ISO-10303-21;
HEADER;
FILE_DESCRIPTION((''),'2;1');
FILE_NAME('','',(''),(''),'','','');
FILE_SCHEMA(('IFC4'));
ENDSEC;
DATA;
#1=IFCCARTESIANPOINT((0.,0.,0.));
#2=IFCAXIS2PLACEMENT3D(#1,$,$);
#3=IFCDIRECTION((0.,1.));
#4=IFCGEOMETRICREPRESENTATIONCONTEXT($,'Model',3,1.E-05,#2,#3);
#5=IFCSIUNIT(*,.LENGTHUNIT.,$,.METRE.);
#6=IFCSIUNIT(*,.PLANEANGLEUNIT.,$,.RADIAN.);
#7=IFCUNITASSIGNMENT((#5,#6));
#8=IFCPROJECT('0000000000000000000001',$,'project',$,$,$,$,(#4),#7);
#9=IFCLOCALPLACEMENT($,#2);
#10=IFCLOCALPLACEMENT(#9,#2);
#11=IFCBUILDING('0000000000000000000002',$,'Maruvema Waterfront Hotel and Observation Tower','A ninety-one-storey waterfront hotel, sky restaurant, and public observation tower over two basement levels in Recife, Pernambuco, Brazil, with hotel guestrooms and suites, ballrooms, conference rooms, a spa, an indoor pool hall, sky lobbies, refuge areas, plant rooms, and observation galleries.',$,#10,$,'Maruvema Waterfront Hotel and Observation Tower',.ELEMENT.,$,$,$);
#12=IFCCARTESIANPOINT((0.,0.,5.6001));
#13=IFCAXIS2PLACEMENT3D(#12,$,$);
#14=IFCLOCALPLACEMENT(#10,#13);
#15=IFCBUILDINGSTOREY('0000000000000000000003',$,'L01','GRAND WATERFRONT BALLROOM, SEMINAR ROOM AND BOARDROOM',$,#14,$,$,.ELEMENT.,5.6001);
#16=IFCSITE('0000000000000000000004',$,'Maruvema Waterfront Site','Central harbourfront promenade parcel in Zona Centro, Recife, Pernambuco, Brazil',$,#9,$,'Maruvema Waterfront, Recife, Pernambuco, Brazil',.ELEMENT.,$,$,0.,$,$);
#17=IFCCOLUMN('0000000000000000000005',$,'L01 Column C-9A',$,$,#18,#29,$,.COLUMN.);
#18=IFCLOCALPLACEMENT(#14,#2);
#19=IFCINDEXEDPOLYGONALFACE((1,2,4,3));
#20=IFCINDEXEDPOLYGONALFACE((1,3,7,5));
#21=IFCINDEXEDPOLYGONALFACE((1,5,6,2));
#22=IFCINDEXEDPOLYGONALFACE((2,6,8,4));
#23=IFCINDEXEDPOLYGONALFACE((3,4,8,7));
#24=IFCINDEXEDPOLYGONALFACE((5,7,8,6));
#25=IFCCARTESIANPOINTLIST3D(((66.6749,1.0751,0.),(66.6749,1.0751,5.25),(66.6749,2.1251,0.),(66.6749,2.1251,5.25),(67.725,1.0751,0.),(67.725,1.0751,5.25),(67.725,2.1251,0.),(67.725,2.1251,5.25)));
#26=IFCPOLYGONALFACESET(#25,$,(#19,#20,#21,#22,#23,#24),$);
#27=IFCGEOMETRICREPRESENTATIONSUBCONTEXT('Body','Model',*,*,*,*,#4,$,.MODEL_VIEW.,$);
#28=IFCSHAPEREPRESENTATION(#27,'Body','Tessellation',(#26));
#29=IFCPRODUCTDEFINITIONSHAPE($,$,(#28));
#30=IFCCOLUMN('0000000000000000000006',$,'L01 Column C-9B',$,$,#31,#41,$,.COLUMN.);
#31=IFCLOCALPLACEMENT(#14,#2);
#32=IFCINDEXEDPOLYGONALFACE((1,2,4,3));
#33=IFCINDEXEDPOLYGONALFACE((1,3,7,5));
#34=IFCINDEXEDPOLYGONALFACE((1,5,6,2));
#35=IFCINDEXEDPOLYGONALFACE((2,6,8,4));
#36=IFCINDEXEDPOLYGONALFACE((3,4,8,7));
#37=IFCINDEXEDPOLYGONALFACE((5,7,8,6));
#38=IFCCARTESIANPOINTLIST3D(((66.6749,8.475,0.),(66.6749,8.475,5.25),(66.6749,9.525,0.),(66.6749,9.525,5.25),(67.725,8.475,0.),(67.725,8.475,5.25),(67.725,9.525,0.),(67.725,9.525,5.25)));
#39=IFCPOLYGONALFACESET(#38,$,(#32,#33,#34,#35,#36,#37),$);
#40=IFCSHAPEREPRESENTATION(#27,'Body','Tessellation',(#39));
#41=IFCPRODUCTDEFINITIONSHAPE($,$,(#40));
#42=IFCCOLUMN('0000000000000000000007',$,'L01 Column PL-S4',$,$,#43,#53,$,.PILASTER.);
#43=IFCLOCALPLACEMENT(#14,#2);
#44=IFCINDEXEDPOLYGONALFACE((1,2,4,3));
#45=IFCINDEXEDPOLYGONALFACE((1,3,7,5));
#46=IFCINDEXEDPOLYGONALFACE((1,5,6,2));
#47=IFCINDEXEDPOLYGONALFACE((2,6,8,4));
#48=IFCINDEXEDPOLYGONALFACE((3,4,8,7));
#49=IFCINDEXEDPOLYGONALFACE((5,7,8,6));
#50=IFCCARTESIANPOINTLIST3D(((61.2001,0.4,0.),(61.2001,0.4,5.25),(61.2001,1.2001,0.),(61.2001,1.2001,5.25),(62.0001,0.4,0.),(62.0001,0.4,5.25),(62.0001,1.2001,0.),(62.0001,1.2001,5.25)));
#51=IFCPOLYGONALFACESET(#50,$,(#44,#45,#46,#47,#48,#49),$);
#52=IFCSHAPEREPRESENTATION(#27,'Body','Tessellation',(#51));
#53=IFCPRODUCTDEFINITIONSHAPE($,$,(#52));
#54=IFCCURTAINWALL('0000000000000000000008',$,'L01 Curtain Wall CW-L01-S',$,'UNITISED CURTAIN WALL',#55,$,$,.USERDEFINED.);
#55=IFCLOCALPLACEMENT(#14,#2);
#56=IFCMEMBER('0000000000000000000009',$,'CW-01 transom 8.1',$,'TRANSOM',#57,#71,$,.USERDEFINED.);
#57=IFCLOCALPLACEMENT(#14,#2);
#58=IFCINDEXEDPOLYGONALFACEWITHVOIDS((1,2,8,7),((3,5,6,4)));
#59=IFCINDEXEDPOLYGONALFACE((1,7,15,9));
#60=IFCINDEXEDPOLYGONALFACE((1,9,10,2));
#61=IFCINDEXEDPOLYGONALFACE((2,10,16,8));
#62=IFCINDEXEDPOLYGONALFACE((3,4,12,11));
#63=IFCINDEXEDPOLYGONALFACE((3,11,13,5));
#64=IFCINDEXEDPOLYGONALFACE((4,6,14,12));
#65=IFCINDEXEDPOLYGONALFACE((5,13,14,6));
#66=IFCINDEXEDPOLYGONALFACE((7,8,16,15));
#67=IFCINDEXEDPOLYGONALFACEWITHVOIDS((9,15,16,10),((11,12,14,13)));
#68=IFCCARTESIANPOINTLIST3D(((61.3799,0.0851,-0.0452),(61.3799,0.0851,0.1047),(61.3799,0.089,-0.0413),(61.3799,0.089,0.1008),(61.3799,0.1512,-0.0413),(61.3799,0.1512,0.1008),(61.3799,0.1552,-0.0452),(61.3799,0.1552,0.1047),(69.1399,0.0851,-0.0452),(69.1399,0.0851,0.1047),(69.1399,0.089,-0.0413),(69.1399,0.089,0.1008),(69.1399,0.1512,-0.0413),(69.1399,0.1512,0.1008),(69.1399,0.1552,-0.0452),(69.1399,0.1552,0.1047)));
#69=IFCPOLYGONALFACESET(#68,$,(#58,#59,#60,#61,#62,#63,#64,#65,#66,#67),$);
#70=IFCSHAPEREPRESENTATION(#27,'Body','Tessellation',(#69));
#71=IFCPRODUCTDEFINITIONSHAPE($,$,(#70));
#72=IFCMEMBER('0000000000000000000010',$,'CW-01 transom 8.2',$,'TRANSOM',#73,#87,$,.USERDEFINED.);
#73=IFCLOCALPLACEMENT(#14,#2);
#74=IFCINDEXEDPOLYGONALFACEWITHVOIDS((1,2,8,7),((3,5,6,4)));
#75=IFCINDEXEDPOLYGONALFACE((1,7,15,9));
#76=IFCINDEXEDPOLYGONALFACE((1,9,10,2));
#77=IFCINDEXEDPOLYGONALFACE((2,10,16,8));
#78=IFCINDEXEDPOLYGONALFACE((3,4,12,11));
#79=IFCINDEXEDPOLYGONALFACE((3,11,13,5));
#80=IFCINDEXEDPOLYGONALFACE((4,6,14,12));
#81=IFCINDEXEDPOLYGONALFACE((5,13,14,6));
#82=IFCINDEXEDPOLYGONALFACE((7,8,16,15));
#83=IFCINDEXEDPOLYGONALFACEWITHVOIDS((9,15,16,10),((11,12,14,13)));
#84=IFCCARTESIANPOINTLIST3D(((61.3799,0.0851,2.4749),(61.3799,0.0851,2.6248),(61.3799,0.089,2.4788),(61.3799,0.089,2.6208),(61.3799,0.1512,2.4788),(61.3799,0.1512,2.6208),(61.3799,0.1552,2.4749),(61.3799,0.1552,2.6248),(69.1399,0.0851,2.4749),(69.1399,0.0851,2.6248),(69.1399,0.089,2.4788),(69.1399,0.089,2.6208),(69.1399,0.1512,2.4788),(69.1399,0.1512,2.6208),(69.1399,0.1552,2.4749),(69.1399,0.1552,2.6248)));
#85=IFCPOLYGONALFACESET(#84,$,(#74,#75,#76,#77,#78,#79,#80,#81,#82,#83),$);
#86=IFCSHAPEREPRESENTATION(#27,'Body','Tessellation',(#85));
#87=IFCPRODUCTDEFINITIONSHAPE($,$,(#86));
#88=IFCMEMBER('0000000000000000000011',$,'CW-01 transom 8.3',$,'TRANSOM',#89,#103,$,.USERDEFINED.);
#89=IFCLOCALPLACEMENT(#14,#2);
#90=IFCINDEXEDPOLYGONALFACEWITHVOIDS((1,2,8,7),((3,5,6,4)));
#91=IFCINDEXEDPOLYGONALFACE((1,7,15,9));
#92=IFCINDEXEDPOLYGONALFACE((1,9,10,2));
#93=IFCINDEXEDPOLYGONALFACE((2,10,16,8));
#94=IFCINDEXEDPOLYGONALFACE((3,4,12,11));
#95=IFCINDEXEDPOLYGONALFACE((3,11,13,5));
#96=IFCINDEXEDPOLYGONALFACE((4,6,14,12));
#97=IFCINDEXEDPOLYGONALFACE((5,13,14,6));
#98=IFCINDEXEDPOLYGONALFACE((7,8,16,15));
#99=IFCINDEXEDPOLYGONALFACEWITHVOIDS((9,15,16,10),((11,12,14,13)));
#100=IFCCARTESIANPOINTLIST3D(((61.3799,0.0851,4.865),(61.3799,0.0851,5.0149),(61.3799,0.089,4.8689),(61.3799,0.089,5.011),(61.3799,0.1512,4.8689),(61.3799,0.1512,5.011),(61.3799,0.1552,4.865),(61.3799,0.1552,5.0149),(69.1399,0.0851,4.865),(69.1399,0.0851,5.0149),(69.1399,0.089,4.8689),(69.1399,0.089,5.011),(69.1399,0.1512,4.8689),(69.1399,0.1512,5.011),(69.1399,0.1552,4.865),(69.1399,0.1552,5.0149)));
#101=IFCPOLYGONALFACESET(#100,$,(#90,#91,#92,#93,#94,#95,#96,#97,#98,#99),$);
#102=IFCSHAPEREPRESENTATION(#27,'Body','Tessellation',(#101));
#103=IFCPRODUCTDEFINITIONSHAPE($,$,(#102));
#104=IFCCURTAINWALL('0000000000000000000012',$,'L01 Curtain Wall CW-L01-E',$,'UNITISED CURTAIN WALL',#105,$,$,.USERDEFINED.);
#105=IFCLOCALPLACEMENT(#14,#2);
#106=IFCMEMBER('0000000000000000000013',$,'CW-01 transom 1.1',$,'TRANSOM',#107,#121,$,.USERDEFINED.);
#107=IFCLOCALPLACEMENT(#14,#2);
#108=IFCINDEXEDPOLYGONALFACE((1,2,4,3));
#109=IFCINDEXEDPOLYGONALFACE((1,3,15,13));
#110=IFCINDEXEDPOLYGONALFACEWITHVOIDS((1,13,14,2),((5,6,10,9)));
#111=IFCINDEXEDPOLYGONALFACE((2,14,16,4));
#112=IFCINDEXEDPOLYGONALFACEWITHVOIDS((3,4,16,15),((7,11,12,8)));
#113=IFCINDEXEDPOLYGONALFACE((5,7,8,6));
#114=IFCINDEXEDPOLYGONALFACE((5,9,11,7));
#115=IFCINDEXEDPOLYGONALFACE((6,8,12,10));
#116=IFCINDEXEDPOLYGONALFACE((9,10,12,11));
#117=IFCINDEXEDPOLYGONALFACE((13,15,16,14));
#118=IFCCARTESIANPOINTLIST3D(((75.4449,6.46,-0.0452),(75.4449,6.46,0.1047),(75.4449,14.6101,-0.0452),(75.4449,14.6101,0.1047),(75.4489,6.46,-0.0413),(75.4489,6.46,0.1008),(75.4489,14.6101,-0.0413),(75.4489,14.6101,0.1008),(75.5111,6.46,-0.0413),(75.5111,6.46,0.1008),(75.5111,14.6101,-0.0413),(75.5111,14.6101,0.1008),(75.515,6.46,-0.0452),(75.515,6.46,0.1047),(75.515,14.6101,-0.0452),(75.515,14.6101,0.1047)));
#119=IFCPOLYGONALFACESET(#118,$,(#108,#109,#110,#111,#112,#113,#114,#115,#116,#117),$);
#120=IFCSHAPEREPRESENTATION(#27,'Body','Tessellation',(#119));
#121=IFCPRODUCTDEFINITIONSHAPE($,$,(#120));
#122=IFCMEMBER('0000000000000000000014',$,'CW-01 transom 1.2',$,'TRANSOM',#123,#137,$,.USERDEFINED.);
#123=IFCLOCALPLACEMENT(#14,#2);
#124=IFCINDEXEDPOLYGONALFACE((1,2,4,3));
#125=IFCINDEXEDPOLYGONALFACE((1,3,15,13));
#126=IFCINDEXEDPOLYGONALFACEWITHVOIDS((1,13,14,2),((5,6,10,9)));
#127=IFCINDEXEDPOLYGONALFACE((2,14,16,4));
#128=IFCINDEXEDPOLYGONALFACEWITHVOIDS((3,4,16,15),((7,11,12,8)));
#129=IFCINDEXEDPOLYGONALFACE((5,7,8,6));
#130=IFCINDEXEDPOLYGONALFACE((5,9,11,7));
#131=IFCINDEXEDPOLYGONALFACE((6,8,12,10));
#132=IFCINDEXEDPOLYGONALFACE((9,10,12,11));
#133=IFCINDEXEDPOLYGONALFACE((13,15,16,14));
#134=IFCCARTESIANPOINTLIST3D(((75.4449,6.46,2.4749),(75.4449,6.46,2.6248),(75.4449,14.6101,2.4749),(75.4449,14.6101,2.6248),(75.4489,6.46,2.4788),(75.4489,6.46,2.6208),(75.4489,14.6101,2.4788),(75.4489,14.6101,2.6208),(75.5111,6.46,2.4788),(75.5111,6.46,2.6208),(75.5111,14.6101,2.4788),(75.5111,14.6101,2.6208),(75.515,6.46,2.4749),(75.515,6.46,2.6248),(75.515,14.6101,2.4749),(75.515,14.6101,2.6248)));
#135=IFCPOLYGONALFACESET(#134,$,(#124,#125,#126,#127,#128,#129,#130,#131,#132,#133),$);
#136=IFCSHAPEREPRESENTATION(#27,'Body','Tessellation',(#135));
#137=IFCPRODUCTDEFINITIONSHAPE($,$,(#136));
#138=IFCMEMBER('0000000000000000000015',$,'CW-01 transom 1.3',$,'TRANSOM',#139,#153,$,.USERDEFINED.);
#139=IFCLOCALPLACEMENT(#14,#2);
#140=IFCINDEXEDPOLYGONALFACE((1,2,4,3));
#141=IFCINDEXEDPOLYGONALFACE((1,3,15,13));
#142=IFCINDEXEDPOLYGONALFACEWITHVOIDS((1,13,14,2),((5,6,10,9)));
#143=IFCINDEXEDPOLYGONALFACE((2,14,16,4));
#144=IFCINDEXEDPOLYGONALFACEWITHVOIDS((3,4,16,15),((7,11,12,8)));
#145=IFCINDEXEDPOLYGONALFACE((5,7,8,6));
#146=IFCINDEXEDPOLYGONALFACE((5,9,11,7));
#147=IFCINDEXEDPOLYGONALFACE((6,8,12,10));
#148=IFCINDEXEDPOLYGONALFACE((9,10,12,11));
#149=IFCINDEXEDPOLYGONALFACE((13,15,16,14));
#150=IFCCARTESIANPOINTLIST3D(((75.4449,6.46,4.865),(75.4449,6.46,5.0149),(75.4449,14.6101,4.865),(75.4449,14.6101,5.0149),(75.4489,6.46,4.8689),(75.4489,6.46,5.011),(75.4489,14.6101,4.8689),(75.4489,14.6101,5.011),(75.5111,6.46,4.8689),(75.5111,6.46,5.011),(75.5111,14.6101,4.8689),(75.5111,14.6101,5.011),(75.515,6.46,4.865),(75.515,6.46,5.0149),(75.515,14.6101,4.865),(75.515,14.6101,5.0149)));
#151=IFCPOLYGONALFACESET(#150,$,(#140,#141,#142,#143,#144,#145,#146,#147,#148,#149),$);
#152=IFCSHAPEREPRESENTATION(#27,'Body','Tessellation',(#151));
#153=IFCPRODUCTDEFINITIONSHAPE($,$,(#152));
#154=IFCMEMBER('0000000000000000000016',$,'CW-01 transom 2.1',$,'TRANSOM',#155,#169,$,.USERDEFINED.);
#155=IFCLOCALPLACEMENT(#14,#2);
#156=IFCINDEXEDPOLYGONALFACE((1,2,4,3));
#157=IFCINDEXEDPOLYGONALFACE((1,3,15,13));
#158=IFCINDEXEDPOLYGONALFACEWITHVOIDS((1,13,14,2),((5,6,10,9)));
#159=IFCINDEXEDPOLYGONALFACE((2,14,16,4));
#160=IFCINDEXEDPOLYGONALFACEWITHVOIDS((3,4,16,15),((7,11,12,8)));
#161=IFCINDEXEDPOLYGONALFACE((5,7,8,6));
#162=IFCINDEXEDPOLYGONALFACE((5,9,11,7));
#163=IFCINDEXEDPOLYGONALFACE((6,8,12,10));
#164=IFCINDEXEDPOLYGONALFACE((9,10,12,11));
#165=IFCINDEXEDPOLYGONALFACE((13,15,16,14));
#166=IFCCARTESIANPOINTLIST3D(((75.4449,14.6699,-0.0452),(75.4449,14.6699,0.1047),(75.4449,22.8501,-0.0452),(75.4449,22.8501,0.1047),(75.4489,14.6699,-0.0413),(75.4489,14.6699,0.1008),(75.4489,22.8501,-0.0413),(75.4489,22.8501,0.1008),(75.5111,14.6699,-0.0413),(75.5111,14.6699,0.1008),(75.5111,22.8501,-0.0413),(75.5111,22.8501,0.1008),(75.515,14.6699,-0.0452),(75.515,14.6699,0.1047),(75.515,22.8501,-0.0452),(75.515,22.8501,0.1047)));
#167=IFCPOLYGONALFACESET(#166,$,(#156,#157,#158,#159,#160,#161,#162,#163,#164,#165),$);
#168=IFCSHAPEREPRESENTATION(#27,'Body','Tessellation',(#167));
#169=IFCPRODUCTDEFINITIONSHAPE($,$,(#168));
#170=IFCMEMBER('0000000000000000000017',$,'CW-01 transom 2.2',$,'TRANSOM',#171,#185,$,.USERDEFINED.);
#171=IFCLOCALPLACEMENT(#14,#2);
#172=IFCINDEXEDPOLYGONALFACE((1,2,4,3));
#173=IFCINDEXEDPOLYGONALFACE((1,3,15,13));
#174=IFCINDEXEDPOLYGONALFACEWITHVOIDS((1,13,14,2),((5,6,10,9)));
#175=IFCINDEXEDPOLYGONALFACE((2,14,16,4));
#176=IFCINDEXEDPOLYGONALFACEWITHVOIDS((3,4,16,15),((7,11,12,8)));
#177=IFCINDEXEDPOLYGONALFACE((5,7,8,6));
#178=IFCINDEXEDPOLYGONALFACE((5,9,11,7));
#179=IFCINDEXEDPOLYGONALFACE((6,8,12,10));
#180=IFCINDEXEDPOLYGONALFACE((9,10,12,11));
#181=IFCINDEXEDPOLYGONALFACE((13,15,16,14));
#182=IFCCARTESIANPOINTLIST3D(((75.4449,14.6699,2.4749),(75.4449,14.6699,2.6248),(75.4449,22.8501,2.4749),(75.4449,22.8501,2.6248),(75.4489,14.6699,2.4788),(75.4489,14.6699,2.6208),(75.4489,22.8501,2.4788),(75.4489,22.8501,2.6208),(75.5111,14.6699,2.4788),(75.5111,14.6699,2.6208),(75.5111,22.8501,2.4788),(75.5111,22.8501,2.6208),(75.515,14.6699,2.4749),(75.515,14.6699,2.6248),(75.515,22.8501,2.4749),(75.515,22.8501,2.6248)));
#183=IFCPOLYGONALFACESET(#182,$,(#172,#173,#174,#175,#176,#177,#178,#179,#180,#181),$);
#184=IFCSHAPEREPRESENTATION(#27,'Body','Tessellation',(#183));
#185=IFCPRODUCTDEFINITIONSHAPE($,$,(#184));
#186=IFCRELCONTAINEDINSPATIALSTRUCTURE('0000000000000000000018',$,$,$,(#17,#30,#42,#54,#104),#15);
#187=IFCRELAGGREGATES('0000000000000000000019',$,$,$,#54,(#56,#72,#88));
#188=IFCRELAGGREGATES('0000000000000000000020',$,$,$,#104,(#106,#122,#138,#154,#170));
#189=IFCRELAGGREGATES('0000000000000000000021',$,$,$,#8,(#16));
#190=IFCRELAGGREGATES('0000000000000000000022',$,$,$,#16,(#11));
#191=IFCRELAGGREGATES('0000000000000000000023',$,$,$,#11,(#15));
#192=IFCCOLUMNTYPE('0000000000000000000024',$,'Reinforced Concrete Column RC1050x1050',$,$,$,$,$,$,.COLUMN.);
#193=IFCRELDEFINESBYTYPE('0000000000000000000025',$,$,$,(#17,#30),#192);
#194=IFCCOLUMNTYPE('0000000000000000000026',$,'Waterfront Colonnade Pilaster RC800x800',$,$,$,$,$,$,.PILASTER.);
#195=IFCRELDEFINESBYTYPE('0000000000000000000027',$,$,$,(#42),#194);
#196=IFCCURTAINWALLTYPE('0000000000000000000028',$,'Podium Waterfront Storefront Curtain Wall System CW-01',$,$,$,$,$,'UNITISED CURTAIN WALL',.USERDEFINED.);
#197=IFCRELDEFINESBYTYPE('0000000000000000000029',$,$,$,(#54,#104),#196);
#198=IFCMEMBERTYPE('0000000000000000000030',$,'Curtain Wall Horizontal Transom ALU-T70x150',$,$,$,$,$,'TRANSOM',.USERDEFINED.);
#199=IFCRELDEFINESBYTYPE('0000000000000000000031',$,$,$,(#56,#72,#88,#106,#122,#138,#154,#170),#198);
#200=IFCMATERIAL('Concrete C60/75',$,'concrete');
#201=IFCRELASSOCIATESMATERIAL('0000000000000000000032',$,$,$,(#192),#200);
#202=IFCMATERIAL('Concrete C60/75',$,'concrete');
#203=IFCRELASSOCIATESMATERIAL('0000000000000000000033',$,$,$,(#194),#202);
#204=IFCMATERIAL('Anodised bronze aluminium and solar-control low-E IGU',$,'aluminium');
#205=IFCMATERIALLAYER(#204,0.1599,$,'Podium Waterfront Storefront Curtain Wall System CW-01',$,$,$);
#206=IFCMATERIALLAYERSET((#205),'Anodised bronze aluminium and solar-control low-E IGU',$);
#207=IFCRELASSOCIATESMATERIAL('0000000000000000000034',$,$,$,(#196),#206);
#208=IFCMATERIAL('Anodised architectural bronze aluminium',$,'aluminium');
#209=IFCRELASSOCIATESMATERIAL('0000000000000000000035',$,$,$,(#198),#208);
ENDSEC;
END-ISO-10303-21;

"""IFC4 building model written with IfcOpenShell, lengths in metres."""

from ifc_helpers import new_model, si_unit, direction, frame, origin, origin_2d, place, context, subcontext, project, spatial, rectangle, hollow_rectangle, extrude, material, layer, layer_set, material_profile, profile_set, type_object, element, aggregate, save


model = new_model("IFC4")

# Units and contexts
model_context = context("Model", 3, precision=1e-05, world=origin(), true_north=direction((0.0, 1.0)))
body_context = subcontext(model_context, "Body", "Model", "MODEL_VIEW")
ifc_project = project(units=[si_unit("LENGTHUNIT", "METRE"), si_unit("PLANEANGLEUNIT", "RADIAN")], contexts=[model_context])

# Site, building, storey
site_placement = place(None, origin())
site = spatial("IfcSite", under=ifc_project, at=site_placement, Name="Maruvema Waterfront Site", Description="Central harbourfront promenade parcel in Zona Centro, Recife, Pernambuco, Brazil", LongName="Maruvema Waterfront, Recife, Pernambuco, Brazil", CompositionType="ELEMENT", RefElevation=0.0)
building_placement = place(site_placement, origin())
building = spatial("IfcBuilding", under=site, at=building_placement, Name="Maruvema Waterfront Hotel and Observation Tower", Description="A ninety-one-storey waterfront hotel, sky restaurant, and public observation tower over two basement levels in Recife, Pernambuco, Brazil, with hotel guestrooms and suites, ballrooms, conference rooms, a spa, an indoor pool hall, sky lobbies, refuge areas, plant rooms, and observation galleries.", LongName="Maruvema Waterfront Hotel and Observation Tower", CompositionType="ELEMENT")
storey_placement = place(building_placement, frame((0.0, 0.0, 5.6001)))
storey = spatial("IfcBuildingStorey", under=building, at=storey_placement, Name="L01", Description="GRAND WATERFRONT BALLROOM, SEMINAR ROOM AND BOARDROOM", CompositionType="ELEMENT", Elevation=5.6001)

# Columns
ifc_material_1 = material(Name="Concrete C60/75", Category="concrete")
ifc_material_profile_1 = material_profile(ifc_material_1, rectangle(XDim=1.05, YDim=1.05, at=origin_2d()), Name="RC1050x1050")
ifc_profile_set_1 = profile_set([ifc_material_profile_1], Name="Concrete C60/75")
column_type_1 = type_object("IfcColumnType", Name="Reinforced Concrete Column RC1050x1050", PredefinedType="COLUMN", material=ifc_profile_set_1)
for number, where, z_axis, x_axis, name in (
    (1, (67.2, 1.6001, 0.0), (0.0, 0.0, 1.0), (1.0, 0.0, 0.0), "L01 Column C-9A"),
    (2, (67.2, 9.0, 0.0), (0.0, 0.0, 1.0), (1.0, 0.0, 0.0), "L01 Column C-9B"),
):
    element("IfcColumn", number, at=place(storey_placement, frame(where, z_axis=z_axis, x_axis=x_axis)), inside=storey, type_object=column_type_1, Name=name, PredefinedType="COLUMN", context=body_context, shape_type="SweptSolid", body=[
        extrude(rectangle(XDim=1.05, YDim=1.05, at=origin_2d()), origin(), (0.0, 0.0, 1.0), 5.25),
    ])
ifc_material_2 = material(Name="Concrete C60/75", Category="concrete")
ifc_material_profile_2 = material_profile(ifc_material_2, rectangle(XDim=0.8, YDim=0.8, at=origin_2d()), Name="RC800x800")
ifc_profile_set_2 = profile_set([ifc_material_profile_2], Name="Concrete C60/75")
column_type_2 = type_object("IfcColumnType", Name="Waterfront Colonnade Pilaster RC800x800", PredefinedType="PILASTER", material=ifc_profile_set_2)
column_placement = place(storey_placement, frame((61.6001, 0.8, 0.0), z_axis=(0.0, 0.0, 1.0), x_axis=(1.0, 0.0, 0.0)))
element("IfcColumn", 3, at=column_placement, inside=storey, type_object=column_type_2, Name="L01 Column PL-S4", PredefinedType="PILASTER", context=body_context, shape_type="SweptSolid", body=[
    extrude(rectangle(XDim=0.8, YDim=0.8, at=origin_2d()), origin(), (0.0, 0.0, 1.0), 5.25),
])

# Curtain walls, members
ifc_material_3 = material(Name="Anodised bronze aluminium and solar-control low-E IGU", Category="aluminium")
ifc_layer_1 = layer(ifc_material_3, 0.1599, Name="Podium Waterfront Storefront Curtain Wall System CW-01")
ifc_layer_set_1 = layer_set([ifc_layer_1], Name="Anodised bronze aluminium and solar-control low-E IGU")
curtain_wall_type = type_object("IfcCurtainWallType", Name="Podium Waterfront Storefront Curtain Wall System CW-01", ElementType="UNITISED CURTAIN WALL", PredefinedType="USERDEFINED", material=ifc_layer_set_1)
curtain_wall_1_placement = place(storey_placement, origin())
curtain_wall_1 = element("IfcCurtainWall", 4, at=curtain_wall_1_placement, inside=storey, type_object=curtain_wall_type, Name="L01 Curtain Wall CW-L01-S", ObjectType="UNITISED CURTAIN WALL", PredefinedType="USERDEFINED")
ifc_material_4 = material(Name="Anodised architectural bronze aluminium", Category="aluminium")
ifc_material_profile_3 = material_profile(ifc_material_4, hollow_rectangle(XDim=0.0701, YDim=0.1499, WallThickness=0.0039, at=origin_2d()), Name="ALU-T70x150")
ifc_profile_set_3 = profile_set([ifc_material_profile_3], Name="Anodised architectural bronze aluminium")
member_type_1 = type_object("IfcMemberType", Name="Curtain Wall Horizontal Transom ALU-T70x150", ElementType="TRANSOM", PredefinedType="USERDEFINED", material=ifc_profile_set_3)
member_1_placement = place(storey_placement, frame((61.3799, 0.1201, 0.0298), z_axis=(1.0, 0.0, 0.0), x_axis=(0.0, 1.0, 0.0)))
member_1 = element("IfcMember", 5, at=member_1_placement, type_object=member_type_1, Name="CW-01 transom 8.1", ObjectType="TRANSOM", PredefinedType="USERDEFINED", context=body_context, shape_type="SweptSolid", body=[
    extrude(hollow_rectangle(XDim=0.0701, YDim=0.1499, WallThickness=0.0039, at=origin_2d()), origin(), (0.0, 0.0, 1.0), 7.76),
])
member_2_placement = place(storey_placement, frame((61.3799, 0.1201, 2.5498), z_axis=(1.0, 0.0, 0.0), x_axis=(0.0, 1.0, 0.0)))
member_2 = element("IfcMember", 6, at=member_2_placement, type_object=member_type_1, Name="CW-01 transom 8.2", ObjectType="TRANSOM", PredefinedType="USERDEFINED", context=body_context, shape_type="SweptSolid", body=[
    extrude(hollow_rectangle(XDim=0.0701, YDim=0.1499, WallThickness=0.0039, at=origin_2d()), origin(), (0.0, 0.0, 1.0), 7.76),
])
member_3_placement = place(storey_placement, frame((61.3799, 0.1201, 4.9399), z_axis=(1.0, 0.0, 0.0), x_axis=(0.0, 1.0, 0.0)))
member_3 = element("IfcMember", 7, at=member_3_placement, type_object=member_type_1, Name="CW-01 transom 8.3", ObjectType="TRANSOM", PredefinedType="USERDEFINED", context=body_context, shape_type="SweptSolid", body=[
    extrude(hollow_rectangle(XDim=0.0701, YDim=0.1499, WallThickness=0.0039, at=origin_2d()), origin(), (0.0, 0.0, 1.0), 7.76),
])
curtain_wall_2_placement = place(storey_placement, origin())
curtain_wall_2 = element("IfcCurtainWall", 8, at=curtain_wall_2_placement, inside=storey, type_object=curtain_wall_type, Name="L01 Curtain Wall CW-L01-E", ObjectType="UNITISED CURTAIN WALL", PredefinedType="USERDEFINED")
member_4_placement = place(storey_placement, frame((75.48, 6.46, 0.0298), z_axis=(0.0, 1.0, 0.0), x_axis=(-1.0, 0.0, 0.0)))
member_4 = element("IfcMember", 9, at=member_4_placement, type_object=member_type_1, Name="CW-01 transom 1.1", ObjectType="TRANSOM", PredefinedType="USERDEFINED", context=body_context, shape_type="SweptSolid", body=[
    extrude(hollow_rectangle(XDim=0.0701, YDim=0.1499, WallThickness=0.0039, at=origin_2d()), origin(), (0.0, 0.0, 1.0), 8.1501),
])
member_5_placement = place(storey_placement, frame((75.48, 6.46, 2.5498), z_axis=(0.0, 1.0, 0.0), x_axis=(-1.0, 0.0, 0.0)))
member_5 = element("IfcMember", 10, at=member_5_placement, type_object=member_type_1, Name="CW-01 transom 1.2", ObjectType="TRANSOM", PredefinedType="USERDEFINED", context=body_context, shape_type="SweptSolid", body=[
    extrude(hollow_rectangle(XDim=0.0701, YDim=0.1499, WallThickness=0.0039, at=origin_2d()), origin(), (0.0, 0.0, 1.0), 8.1501),
])
member_6_placement = place(storey_placement, frame((75.48, 6.46, 4.9399), z_axis=(0.0, 1.0, 0.0), x_axis=(-1.0, 0.0, 0.0)))
member_6 = element("IfcMember", 11, at=member_6_placement, type_object=member_type_1, Name="CW-01 transom 1.3", ObjectType="TRANSOM", PredefinedType="USERDEFINED", context=body_context, shape_type="SweptSolid", body=[
    extrude(hollow_rectangle(XDim=0.0701, YDim=0.1499, WallThickness=0.0039, at=origin_2d()), origin(), (0.0, 0.0, 1.0), 8.1501),
])
member_7_placement = place(storey_placement, frame((75.48, 14.6699, 0.0298), z_axis=(0.0, 1.0, 0.0), x_axis=(-1.0, 0.0, 0.0)))
member_7 = element("IfcMember", 12, at=member_7_placement, type_object=member_type_1, Name="CW-01 transom 2.1", ObjectType="TRANSOM", PredefinedType="USERDEFINED", context=body_context, shape_type="SweptSolid", body=[
    extrude(hollow_rectangle(XDim=0.0701, YDim=0.1499, WallThickness=0.0039, at=origin_2d()), origin(), (0.0, 0.0, 1.0), 8.1802),
])
member_8_placement = place(storey_placement, frame((75.48, 14.6699, 2.5498), z_axis=(0.0, 1.0, 0.0), x_axis=(-1.0, 0.0, 0.0)))
member_8 = element("IfcMember", 13, at=member_8_placement, type_object=member_type_1, Name="CW-01 transom 2.2", ObjectType="TRANSOM", PredefinedType="USERDEFINED", context=body_context, shape_type="SweptSolid", body=[
    extrude(hollow_rectangle(XDim=0.0701, YDim=0.1499, WallThickness=0.0039, at=origin_2d()), origin(), (0.0, 0.0, 1.0), 8.1802),
])

aggregate(curtain_wall_1, [member_1, member_2, member_3])
aggregate(curtain_wall_2, [member_4, member_5, member_6, member_7, member_8])

save(model, "model.ifc")
